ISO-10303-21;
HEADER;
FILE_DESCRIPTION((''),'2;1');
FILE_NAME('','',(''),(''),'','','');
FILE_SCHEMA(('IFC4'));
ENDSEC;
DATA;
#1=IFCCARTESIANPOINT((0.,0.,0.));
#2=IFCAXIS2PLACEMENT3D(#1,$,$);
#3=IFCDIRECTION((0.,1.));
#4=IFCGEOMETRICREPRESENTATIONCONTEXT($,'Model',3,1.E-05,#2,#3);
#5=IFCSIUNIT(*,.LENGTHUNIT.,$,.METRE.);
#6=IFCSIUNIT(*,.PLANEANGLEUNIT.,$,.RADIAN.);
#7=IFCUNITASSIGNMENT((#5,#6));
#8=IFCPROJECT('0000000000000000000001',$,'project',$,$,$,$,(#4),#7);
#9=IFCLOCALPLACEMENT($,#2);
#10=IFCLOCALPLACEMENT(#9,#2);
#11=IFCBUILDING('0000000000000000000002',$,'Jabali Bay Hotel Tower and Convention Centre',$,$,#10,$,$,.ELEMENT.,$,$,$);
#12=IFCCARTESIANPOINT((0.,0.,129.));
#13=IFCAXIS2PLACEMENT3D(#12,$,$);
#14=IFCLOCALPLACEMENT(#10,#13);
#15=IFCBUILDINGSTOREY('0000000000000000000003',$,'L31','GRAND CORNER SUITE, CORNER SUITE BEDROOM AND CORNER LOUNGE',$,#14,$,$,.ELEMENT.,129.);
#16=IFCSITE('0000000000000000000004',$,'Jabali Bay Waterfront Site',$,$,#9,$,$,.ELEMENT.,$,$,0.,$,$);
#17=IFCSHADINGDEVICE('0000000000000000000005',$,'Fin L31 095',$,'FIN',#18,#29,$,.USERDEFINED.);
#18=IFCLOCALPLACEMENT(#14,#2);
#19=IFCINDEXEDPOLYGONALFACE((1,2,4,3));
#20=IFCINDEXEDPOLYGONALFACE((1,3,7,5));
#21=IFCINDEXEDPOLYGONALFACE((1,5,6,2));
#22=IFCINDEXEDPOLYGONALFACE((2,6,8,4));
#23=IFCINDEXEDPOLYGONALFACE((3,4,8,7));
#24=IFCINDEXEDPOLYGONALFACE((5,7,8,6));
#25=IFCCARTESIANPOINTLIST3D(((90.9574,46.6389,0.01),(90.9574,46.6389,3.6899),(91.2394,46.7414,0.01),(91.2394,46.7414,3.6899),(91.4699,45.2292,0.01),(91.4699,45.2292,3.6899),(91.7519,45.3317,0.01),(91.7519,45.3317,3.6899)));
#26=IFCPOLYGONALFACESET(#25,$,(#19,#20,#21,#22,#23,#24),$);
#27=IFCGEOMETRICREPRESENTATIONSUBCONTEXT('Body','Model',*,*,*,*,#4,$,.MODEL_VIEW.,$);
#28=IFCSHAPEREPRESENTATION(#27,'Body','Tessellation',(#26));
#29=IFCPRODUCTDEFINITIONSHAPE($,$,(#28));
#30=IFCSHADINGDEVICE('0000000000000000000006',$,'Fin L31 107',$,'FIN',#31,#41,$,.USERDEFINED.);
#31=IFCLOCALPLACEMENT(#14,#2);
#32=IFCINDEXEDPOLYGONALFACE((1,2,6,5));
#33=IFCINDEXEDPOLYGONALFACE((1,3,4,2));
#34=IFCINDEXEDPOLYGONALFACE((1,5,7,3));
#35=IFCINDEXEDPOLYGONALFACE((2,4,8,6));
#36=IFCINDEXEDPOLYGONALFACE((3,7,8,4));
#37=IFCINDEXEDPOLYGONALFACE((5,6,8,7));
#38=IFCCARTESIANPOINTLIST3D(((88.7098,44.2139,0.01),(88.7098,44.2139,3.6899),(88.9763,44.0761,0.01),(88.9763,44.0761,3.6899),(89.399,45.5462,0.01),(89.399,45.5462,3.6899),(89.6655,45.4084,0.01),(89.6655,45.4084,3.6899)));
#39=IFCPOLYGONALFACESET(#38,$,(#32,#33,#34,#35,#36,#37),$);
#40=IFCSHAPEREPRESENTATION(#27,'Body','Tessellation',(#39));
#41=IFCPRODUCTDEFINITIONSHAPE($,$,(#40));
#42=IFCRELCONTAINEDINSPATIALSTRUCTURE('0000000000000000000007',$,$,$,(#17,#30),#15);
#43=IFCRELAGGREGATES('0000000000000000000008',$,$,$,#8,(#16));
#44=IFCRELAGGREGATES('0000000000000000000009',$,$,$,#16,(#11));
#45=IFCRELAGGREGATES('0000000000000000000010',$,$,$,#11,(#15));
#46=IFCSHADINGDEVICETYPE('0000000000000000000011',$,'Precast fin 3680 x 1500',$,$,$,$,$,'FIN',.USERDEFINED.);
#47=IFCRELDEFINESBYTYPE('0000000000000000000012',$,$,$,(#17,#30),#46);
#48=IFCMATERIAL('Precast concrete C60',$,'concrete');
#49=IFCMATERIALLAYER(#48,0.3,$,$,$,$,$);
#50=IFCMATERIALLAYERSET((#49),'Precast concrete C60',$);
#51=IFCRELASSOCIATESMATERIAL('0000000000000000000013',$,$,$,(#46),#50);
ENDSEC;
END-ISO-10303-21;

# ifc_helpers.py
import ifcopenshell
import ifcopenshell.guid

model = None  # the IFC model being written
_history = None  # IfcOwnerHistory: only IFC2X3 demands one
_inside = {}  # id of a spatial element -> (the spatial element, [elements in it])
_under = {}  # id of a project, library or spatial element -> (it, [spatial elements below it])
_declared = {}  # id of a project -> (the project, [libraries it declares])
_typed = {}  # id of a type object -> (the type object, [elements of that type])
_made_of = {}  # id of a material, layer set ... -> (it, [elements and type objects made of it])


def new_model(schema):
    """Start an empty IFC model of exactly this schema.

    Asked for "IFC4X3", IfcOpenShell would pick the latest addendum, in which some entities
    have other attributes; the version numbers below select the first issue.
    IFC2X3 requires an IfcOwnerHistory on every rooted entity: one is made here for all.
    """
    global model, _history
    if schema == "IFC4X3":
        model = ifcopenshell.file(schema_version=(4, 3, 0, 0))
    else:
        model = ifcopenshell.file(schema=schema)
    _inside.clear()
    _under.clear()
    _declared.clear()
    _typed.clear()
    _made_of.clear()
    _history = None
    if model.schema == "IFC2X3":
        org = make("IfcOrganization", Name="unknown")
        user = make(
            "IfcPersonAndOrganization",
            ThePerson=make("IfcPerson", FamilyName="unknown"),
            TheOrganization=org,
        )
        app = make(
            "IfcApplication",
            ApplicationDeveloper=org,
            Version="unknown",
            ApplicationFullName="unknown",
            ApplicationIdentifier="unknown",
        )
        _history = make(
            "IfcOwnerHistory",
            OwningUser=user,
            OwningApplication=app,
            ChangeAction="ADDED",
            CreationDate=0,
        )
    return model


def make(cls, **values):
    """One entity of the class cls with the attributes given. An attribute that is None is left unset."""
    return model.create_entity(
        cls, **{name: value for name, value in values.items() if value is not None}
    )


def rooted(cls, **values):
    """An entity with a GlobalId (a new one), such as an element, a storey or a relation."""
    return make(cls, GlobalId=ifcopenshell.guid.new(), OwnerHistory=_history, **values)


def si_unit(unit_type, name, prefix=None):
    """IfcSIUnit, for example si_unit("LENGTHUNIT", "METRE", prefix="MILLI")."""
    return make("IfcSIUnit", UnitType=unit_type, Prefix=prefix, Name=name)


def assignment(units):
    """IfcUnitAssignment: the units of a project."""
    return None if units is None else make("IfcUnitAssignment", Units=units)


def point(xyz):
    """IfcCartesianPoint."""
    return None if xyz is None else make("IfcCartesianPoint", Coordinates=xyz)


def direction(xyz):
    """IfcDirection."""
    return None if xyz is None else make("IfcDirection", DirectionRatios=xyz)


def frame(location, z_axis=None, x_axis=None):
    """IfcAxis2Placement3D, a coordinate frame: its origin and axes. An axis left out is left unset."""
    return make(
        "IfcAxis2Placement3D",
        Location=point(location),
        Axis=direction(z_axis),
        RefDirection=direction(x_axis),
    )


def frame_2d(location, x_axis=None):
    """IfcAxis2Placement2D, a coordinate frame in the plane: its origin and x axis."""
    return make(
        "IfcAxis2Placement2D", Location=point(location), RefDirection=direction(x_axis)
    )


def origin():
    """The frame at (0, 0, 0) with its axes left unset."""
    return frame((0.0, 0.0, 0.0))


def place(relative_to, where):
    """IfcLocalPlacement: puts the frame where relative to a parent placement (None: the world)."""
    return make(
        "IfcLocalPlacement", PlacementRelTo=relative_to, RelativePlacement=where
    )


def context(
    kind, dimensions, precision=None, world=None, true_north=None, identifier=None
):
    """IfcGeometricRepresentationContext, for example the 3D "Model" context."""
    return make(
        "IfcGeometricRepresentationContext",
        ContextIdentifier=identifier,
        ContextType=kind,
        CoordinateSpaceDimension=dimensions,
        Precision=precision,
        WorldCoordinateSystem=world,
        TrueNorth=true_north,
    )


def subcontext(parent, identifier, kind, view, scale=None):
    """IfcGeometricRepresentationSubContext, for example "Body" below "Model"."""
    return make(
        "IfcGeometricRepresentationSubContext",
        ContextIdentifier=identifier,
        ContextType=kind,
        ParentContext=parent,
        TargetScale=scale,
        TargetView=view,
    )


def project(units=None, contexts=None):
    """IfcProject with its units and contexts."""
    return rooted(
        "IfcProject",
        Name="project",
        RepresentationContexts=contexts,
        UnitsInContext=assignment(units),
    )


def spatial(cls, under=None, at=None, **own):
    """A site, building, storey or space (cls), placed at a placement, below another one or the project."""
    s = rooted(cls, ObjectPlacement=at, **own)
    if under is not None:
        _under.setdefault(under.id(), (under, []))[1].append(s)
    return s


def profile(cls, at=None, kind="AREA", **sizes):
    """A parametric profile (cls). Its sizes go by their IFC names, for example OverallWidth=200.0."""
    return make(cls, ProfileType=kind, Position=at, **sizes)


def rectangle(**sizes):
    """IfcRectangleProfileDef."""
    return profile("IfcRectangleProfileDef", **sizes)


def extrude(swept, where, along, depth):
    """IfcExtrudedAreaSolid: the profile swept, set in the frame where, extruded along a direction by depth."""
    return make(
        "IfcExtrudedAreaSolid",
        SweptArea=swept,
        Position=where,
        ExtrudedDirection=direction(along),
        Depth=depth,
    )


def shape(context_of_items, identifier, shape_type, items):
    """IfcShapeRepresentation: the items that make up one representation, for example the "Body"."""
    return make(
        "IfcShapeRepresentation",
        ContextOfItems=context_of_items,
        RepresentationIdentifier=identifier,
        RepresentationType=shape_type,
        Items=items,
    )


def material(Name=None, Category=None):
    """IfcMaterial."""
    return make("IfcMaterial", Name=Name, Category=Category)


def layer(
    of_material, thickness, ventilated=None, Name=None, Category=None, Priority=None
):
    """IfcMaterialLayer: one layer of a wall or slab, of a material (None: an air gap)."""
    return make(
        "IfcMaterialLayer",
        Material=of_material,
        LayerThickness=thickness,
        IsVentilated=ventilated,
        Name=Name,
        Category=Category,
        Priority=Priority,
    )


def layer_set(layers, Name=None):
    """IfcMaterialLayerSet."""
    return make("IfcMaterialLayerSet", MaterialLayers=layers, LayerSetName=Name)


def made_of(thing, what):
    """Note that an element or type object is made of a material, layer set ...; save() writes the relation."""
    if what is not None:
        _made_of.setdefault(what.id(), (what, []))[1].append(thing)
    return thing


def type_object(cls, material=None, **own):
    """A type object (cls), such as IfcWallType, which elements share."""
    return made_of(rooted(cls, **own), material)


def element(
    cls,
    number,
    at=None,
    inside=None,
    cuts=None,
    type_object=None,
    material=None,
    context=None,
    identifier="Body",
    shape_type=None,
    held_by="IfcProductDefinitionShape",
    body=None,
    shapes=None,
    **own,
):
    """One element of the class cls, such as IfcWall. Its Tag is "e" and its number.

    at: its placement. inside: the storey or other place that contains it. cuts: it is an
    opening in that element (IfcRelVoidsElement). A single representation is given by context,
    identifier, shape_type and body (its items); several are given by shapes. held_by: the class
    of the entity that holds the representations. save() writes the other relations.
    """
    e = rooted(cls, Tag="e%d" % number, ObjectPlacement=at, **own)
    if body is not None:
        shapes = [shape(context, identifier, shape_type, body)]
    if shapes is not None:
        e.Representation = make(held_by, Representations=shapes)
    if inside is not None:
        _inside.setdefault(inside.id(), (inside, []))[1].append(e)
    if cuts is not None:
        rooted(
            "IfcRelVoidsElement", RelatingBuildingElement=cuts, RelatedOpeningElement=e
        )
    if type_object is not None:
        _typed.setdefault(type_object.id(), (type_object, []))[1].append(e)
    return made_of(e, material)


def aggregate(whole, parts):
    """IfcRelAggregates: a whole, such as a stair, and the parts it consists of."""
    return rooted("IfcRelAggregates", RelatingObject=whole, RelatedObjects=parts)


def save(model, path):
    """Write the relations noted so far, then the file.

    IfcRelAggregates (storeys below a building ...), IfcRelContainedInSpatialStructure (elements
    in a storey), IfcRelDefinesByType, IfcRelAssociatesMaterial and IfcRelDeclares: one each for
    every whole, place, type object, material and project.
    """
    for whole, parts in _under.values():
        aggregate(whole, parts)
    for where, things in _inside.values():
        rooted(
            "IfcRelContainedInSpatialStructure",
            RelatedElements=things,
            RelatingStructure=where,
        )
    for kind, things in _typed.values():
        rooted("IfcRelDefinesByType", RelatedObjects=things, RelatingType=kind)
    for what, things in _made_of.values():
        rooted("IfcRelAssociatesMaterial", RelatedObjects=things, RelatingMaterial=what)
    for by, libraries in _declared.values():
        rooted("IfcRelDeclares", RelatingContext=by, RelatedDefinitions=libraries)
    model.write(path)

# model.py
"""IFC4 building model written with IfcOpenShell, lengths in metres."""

from ifc_helpers import new_model, si_unit, direction, frame, frame_2d, origin, place, context, subcontext, project, spatial, rectangle, extrude, material, layer, layer_set, type_object, element, save


model = new_model("IFC4")

# Units and contexts
model_context = context("Model", 3, precision=1e-05, world=origin(), true_north=direction((0.0, 1.0)))
body_context = subcontext(model_context, "Body", "Model", "MODEL_VIEW")
ifc_project = project(units=[si_unit("LENGTHUNIT", "METRE"), si_unit("PLANEANGLEUNIT", "RADIAN")], contexts=[model_context])

# Site, building, storey
site_placement = place(None, origin())
site = spatial("IfcSite", under=ifc_project, at=site_placement, Name="Jabali Bay Waterfront Site", CompositionType="ELEMENT", RefElevation=0.0)
building_placement = place(site_placement, origin())
building = spatial("IfcBuilding", under=site, at=building_placement, Name="Jabali Bay Hotel Tower and Convention Centre", CompositionType="ELEMENT")
storey_placement = place(building_placement, frame((0.0, 0.0, 129.0)))
storey = spatial("IfcBuildingStorey", under=building, at=storey_placement, Name="L31", Description="GRAND CORNER SUITE, CORNER SUITE BEDROOM AND CORNER LOUNGE", CompositionType="ELEMENT", Elevation=129.0)

# Shading devices
ifc_material_1 = material(Name="Precast concrete C60", Category="concrete")
ifc_layer_1 = layer(ifc_material_1, 0.3)
ifc_layer_set_1 = layer_set([ifc_layer_1], Name="Precast concrete C60")
shading_device_type = type_object("IfcShadingDeviceType", Name="Precast fin 3680 x 1500", ElementType="FIN", PredefinedType="USERDEFINED", material=ifc_layer_set_1)
for number, where, z_axis, x_axis, name in (
    (1, (91.0984, 46.6902, 0.01), (0.0, 0.0, 1.0), (0.341652, -0.939827, 0.0), "Fin L31 095"),
    (2, (89.5322, 45.4773, 0.01), (0.0, 0.0, 1.0), (-0.459476, -0.88819, 0.0), "Fin L31 107"),
):
    element("IfcShadingDevice", number, at=place(storey_placement, frame(where, z_axis=z_axis, x_axis=x_axis)), inside=storey, type_object=shading_device_type, Name=name, ObjectType="FIN", PredefinedType="USERDEFINED", context=body_context, shape_type="SweptSolid", body=[
        extrude(rectangle(XDim=1.5, YDim=0.3, at=frame_2d((0.75, 0.0))), origin(), (0.0, 0.0, 1.0), 3.6799),
    ])

save(model, "model.ifc")
